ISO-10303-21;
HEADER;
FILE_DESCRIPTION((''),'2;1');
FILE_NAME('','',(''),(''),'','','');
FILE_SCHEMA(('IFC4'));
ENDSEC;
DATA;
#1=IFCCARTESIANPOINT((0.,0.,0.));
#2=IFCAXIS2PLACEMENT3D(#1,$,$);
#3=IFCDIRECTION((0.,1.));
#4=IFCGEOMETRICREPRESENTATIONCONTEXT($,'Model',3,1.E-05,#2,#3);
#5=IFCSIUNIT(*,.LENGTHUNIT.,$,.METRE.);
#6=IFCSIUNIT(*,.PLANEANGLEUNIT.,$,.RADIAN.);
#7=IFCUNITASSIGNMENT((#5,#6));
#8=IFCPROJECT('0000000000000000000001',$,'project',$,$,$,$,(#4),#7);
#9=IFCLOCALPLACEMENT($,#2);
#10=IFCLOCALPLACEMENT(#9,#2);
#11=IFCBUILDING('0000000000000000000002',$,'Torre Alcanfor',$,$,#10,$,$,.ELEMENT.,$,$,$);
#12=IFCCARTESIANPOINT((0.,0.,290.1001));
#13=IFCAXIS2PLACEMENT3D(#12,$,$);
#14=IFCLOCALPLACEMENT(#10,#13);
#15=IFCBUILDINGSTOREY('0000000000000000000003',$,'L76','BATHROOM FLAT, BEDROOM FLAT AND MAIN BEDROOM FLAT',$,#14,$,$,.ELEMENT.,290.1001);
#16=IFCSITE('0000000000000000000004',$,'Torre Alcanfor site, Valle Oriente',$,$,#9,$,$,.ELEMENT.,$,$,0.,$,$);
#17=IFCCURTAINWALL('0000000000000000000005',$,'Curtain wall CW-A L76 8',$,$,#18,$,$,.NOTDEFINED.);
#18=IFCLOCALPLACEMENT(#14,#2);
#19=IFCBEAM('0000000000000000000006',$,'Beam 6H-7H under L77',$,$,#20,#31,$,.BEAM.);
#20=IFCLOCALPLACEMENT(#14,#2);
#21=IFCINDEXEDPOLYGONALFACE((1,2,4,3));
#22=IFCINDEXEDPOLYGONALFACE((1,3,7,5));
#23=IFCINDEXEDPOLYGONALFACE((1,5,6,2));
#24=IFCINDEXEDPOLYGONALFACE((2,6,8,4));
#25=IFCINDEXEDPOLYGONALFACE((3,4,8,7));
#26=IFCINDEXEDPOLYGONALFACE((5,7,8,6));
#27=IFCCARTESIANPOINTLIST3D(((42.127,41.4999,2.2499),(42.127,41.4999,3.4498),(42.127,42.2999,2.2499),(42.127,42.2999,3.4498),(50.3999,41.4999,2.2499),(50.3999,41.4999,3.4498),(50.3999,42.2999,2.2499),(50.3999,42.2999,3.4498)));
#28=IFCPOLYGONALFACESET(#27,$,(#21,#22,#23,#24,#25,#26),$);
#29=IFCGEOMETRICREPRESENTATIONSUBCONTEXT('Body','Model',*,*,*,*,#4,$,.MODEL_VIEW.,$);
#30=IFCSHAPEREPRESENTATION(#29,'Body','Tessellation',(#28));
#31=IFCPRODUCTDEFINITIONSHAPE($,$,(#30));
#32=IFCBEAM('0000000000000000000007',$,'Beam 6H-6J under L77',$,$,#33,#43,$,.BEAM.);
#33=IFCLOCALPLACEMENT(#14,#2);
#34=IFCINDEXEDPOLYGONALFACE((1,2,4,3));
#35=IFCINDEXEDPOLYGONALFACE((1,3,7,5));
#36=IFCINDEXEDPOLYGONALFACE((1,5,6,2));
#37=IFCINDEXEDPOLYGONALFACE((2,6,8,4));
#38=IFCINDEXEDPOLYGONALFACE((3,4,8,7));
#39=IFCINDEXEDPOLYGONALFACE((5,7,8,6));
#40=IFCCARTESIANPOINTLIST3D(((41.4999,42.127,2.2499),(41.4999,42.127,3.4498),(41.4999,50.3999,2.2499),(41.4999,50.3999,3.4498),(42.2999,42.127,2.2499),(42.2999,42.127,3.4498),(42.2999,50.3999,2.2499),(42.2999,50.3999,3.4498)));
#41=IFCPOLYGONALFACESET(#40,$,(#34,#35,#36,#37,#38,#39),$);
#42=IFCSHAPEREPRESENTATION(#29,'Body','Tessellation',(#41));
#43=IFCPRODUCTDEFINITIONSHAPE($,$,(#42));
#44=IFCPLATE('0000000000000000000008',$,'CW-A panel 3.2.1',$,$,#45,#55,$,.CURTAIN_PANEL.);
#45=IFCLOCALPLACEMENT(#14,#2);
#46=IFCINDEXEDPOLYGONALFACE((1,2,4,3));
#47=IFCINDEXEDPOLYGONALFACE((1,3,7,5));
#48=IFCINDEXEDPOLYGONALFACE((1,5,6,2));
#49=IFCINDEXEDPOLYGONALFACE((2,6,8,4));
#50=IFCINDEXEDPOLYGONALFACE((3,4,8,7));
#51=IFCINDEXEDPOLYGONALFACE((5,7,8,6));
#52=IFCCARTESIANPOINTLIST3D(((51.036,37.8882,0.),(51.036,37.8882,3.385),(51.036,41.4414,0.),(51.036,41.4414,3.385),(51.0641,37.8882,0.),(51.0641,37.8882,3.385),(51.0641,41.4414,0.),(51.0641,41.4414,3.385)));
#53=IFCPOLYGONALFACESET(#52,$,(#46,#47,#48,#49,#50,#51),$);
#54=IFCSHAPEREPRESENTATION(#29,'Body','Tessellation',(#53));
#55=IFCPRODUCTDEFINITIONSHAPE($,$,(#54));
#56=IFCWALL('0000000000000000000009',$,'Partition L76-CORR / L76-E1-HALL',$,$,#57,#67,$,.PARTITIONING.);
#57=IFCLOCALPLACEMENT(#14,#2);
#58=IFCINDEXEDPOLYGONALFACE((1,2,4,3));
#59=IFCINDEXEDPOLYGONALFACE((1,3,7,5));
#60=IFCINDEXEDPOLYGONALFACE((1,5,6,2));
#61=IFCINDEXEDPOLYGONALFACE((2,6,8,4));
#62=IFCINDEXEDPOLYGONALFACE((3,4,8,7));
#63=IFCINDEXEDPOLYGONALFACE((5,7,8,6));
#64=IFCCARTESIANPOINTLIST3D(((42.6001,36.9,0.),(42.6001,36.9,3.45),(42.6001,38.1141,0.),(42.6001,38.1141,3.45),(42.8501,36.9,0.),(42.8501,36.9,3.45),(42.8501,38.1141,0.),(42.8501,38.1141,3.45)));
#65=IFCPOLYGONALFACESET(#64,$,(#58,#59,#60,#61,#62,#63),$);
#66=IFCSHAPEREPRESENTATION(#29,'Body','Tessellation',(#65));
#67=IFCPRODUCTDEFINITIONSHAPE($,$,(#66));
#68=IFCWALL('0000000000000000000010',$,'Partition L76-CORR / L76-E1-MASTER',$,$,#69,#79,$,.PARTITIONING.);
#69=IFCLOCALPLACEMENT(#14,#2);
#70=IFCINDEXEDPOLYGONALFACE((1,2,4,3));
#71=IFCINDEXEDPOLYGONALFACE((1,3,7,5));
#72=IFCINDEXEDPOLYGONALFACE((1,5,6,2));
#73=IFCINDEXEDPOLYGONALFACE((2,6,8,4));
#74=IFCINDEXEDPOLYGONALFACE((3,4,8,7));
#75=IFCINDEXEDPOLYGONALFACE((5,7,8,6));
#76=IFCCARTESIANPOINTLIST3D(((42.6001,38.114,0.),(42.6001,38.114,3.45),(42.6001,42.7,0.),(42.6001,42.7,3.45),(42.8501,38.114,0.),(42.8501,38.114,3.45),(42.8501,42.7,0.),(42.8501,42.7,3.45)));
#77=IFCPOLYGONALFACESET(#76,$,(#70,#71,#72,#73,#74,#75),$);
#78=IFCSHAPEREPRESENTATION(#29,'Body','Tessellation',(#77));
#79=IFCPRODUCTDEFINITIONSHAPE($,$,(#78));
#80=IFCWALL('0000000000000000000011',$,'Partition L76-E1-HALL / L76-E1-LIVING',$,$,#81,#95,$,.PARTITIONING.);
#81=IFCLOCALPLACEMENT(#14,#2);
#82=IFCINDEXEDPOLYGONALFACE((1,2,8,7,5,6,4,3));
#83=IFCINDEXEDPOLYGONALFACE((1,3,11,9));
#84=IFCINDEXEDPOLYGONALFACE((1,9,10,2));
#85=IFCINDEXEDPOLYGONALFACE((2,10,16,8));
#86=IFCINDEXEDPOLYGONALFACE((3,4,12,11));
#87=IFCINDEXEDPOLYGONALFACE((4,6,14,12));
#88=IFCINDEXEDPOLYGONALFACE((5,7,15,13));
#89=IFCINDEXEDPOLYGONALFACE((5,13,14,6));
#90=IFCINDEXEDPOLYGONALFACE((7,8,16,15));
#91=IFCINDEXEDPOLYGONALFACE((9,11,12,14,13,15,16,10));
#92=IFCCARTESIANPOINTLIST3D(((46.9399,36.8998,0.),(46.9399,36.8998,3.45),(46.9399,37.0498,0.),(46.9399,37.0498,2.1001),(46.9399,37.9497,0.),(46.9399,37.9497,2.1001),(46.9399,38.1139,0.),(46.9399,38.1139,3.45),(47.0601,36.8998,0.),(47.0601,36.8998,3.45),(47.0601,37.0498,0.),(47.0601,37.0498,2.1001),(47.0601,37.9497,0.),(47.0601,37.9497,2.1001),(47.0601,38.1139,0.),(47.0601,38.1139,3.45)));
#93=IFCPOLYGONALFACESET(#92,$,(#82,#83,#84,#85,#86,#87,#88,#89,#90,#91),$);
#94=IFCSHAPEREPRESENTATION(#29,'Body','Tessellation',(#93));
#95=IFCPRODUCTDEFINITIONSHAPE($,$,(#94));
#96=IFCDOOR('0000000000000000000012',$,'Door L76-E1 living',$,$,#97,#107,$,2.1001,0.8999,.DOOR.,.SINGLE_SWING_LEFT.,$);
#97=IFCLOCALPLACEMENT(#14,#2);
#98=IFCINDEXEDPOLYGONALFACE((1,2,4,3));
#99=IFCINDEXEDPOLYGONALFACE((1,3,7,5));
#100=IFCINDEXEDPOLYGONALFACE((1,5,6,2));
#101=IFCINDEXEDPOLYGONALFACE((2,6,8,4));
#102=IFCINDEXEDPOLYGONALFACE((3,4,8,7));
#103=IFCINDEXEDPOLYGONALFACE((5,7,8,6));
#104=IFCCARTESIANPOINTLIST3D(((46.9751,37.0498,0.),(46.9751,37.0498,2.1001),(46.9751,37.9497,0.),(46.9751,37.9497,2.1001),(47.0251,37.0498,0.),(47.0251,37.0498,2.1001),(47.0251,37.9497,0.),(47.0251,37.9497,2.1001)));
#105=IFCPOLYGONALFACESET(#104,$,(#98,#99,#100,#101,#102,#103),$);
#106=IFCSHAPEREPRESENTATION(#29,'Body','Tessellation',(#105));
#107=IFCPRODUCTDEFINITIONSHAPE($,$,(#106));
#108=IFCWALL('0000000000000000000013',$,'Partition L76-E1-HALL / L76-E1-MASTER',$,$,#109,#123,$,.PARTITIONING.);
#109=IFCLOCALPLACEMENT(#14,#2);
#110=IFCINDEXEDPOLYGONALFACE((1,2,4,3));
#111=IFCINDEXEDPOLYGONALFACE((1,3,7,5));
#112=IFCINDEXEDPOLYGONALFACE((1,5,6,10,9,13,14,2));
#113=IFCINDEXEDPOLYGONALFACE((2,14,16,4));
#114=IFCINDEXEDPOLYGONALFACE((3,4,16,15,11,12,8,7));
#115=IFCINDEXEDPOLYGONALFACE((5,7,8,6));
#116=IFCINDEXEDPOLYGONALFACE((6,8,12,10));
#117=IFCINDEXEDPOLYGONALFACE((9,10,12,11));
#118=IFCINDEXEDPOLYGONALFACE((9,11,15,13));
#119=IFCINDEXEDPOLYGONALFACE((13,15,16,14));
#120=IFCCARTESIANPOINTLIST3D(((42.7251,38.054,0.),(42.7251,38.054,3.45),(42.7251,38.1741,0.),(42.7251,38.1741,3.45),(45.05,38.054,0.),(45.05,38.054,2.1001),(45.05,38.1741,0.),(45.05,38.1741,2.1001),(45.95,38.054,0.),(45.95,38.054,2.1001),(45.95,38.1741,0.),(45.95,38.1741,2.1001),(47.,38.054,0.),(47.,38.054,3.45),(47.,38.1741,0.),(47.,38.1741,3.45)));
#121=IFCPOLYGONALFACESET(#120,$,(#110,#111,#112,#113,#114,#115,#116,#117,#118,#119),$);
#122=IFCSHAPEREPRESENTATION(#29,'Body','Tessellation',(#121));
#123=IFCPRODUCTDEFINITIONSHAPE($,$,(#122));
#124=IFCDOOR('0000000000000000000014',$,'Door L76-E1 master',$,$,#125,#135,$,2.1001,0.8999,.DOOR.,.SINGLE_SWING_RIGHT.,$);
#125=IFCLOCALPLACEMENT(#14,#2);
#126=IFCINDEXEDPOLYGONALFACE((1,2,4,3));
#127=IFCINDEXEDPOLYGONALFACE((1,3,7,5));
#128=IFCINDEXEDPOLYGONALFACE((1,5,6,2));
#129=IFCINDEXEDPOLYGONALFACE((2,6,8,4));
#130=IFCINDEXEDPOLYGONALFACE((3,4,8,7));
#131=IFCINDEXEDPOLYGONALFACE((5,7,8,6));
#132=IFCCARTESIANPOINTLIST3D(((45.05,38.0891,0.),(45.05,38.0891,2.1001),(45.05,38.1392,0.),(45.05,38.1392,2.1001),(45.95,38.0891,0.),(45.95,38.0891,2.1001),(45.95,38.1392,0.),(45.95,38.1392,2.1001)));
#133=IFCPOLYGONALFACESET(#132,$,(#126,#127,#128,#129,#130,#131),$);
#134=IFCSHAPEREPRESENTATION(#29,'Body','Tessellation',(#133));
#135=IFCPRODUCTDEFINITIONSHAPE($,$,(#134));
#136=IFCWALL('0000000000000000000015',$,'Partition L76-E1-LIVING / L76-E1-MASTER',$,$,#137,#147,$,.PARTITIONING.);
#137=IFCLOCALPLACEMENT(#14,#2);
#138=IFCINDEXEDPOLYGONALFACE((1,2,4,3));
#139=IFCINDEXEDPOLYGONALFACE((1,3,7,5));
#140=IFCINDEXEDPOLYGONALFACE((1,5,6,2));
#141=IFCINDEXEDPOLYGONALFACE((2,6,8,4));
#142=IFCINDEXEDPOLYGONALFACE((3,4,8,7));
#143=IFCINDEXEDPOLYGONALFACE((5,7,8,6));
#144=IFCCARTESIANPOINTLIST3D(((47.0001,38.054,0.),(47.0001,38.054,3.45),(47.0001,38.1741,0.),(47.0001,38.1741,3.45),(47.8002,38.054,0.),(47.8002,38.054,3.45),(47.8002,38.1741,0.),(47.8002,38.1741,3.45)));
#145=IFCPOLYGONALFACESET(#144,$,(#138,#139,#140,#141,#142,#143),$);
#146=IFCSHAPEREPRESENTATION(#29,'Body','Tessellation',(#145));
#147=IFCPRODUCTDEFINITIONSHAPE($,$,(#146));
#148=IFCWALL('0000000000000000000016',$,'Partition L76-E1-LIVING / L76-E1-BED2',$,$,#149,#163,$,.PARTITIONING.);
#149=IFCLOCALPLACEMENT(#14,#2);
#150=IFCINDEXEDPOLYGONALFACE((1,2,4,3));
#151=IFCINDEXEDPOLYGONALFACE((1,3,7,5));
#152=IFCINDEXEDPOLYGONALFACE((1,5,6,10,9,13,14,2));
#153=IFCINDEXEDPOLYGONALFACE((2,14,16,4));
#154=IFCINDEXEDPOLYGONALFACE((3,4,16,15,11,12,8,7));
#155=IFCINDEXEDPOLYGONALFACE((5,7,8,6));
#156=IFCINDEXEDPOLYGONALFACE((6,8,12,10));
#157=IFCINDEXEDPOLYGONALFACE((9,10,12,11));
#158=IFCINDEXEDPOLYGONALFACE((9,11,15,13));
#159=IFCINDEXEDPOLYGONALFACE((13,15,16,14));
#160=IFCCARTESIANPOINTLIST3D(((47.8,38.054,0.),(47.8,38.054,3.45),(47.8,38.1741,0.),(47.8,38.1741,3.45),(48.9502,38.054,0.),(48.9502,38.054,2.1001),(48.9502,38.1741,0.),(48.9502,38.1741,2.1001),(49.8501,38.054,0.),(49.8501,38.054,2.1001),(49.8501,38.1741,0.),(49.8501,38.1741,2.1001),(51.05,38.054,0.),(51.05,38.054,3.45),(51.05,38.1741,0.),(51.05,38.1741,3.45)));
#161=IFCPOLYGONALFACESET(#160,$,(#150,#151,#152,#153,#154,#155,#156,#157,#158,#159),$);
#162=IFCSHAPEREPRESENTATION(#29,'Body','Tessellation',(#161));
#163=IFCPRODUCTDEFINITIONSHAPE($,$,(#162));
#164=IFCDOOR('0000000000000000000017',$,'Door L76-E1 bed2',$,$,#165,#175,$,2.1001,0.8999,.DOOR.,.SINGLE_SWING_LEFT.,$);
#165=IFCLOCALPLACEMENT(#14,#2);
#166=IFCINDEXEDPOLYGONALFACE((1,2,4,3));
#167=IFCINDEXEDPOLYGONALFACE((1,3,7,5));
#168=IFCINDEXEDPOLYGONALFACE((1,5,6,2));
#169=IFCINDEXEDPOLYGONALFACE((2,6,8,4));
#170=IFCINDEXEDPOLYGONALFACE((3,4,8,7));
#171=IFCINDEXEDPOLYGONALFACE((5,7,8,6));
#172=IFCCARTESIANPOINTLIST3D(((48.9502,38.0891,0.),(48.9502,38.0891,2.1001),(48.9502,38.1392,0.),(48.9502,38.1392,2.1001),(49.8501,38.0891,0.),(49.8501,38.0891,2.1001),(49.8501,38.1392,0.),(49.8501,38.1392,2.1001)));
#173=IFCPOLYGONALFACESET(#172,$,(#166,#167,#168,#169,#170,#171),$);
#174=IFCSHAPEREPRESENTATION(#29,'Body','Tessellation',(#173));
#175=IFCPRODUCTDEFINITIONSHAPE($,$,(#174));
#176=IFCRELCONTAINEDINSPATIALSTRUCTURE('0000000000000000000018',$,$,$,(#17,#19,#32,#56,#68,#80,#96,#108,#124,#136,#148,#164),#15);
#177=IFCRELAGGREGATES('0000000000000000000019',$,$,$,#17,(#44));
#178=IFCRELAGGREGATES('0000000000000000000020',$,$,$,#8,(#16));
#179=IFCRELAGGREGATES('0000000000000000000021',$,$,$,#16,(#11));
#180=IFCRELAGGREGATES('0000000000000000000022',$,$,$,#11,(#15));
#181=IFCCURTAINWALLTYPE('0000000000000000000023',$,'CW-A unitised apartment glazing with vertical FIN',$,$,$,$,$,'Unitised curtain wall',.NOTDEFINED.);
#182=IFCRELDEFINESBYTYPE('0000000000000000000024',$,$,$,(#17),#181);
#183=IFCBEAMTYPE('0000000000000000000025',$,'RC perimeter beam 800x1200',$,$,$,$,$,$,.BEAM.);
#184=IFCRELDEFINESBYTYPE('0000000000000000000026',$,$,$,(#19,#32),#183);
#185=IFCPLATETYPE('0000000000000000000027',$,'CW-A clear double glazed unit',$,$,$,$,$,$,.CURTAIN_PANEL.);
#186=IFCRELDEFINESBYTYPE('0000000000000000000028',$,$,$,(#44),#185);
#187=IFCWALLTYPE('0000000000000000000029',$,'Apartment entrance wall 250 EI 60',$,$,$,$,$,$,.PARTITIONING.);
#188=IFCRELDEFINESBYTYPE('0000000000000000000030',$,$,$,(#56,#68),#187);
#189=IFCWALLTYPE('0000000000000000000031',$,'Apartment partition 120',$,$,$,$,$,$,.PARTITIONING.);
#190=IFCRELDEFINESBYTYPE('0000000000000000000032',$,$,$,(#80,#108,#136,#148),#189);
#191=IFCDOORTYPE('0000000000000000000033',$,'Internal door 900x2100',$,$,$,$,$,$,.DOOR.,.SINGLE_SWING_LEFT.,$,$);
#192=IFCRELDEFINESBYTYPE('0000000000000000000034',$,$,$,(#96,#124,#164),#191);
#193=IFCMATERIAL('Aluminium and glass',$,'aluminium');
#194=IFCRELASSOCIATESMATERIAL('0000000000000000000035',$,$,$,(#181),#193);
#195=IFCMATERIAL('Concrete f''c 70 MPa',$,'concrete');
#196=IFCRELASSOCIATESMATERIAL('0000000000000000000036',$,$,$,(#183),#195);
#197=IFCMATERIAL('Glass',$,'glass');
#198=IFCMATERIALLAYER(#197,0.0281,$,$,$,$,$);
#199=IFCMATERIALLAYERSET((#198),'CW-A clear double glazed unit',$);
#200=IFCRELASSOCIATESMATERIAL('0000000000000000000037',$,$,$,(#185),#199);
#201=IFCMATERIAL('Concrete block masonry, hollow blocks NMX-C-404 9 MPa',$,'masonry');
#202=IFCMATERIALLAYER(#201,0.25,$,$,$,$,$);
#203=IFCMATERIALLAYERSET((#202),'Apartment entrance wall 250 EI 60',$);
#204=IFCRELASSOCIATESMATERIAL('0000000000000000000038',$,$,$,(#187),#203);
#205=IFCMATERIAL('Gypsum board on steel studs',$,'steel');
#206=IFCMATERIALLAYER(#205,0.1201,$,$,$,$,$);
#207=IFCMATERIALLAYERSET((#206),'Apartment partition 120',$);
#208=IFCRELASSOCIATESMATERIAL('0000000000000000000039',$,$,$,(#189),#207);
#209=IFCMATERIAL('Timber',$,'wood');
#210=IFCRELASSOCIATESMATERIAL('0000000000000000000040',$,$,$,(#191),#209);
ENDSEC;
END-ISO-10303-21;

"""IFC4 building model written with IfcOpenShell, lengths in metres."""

from ifc_helpers import new_model, si_unit, direction, frame, frame_2d, origin, origin_2d, place, context, subcontext, project, spatial, rectangle, extrude, material, layer, layer_set, material_profile, profile_set, type_object, element, fill, aggregate, save


model = new_model("IFC4")

# Units and contexts
model_context = context("Model", 3, precision=1e-05, world=origin(), true_north=direction((0.0, 1.0)))
body_context = subcontext(model_context, "Body", "Model", "MODEL_VIEW")
ifc_project = project(units=[si_unit("LENGTHUNIT", "METRE"), si_unit("PLANEANGLEUNIT", "RADIAN")], contexts=[model_context])

# Site, building, storey
site_placement = place(None, origin())
site = spatial("IfcSite", under=ifc_project, at=site_placement, Name="Torre Alcanfor site, Valle Oriente", CompositionType="ELEMENT", RefElevation=0.0)
building_placement = place(site_placement, origin())
building = spatial("IfcBuilding", under=site, at=building_placement, Name="Torre Alcanfor", CompositionType="ELEMENT")
storey_placement = place(building_placement, frame((0.0, 0.0, 290.1001)))
storey = spatial("IfcBuildingStorey", under=building, at=storey_placement, Name="L76", Description="BATHROOM FLAT, BEDROOM FLAT AND MAIN BEDROOM FLAT", CompositionType="ELEMENT", Elevation=290.1001)

# Curtain wall
ifc_material_1 = material(Name="Aluminium and glass", Category="aluminium")
curtain_wall_type = type_object("IfcCurtainWallType", Name="CW-A unitised apartment glazing with vertical FIN", ElementType="Unitised curtain wall", PredefinedType="NOTDEFINED", material=ifc_material_1)
curtain_wall_1_placement = place(storey_placement, origin())
curtain_wall_1 = element("IfcCurtainWall", 1, at=curtain_wall_1_placement, inside=storey, type_object=curtain_wall_type, Name="Curtain wall CW-A L76 8", PredefinedType="NOTDEFINED")

# Beams
ifc_material_2 = material(Name="Concrete f'c 70 MPa", Category="concrete")
ifc_material_profile_1 = material_profile(ifc_material_2, rectangle(XDim=0.8, YDim=1.2, at=origin_2d()), Name="800x1200")
ifc_profile_set_1 = profile_set([ifc_material_profile_1], Name="Concrete f'c 70 MPa")
beam_type = type_object("IfcBeamType", Name="RC perimeter beam 800x1200", PredefinedType="BEAM", material=ifc_profile_set_1)
for number, where, z_axis, x_axis, name in (
    (2, (42.127, 41.8999, 2.8499), (1.0, 0.0, 0.0), (0.0, 1.0, 0.0), "Beam 6H-7H under L77"),
    (3, (41.8999, 42.127, 2.8499), (0.0, 1.0, 0.0), (-1.0, 0.0, 0.0), "Beam 6H-6J under L77"),
):
    element("IfcBeam", number, at=place(storey_placement, frame(where, z_axis=z_axis, x_axis=x_axis)), inside=storey, type_object=beam_type, Name=name, PredefinedType="BEAM", context=body_context, shape_type="SweptSolid", body=[
        extrude(rectangle(XDim=0.8, YDim=1.2, at=origin_2d()), origin(), (0.0, 0.0, 1.0), 8.2729),
    ])

# Plate
ifc_material_3 = material(Name="Glass", Category="glass")
ifc_layer_1 = layer(ifc_material_3, 0.0281)
ifc_layer_set_1 = layer_set([ifc_layer_1], Name="CW-A clear double glazed unit")
plate_type = type_object("IfcPlateType", Name="CW-A clear double glazed unit", PredefinedType="CURTAIN_PANEL", material=ifc_layer_set_1)
plate_placement = place(storey_placement, frame((51.05, 39.6648, 0.0), z_axis=(0.0, 0.0, 1.0), x_axis=(0.0, 1.0, 0.0)))
plate = element("IfcPlate", 4, at=plate_placement, type_object=plate_type, Name="CW-A panel 3.2.1", PredefinedType="CURTAIN_PANEL", context=body_context, shape_type="SweptSolid", body=[
    extrude(rectangle(XDim=3.5532, YDim=0.0281, at=origin_2d()), origin(), (0.0, 0.0, 1.0), 3.385),
])
aggregate(curtain_wall_1, [plate])

# Walls
ifc_material_4 = material(Name="Concrete block masonry, hollow blocks NMX-C-404 9 MPa", Category="masonry")
ifc_layer_2 = layer(ifc_material_4, 0.25)
ifc_layer_set_2 = layer_set([ifc_layer_2], Name="Apartment entrance wall 250 EI 60")
wall_type_1 = type_object("IfcWallType", Name="Apartment entrance wall 250 EI 60", PredefinedType="PARTITIONING", material=ifc_layer_set_2)
wall_1_placement = place(storey_placement, frame((42.7251, 38.114, 0.0), z_axis=(0.0, 0.0, 1.0), x_axis=(0.0, -1.0, 0.0)))
element("IfcWall", 5, at=wall_1_placement, inside=storey, type_object=wall_type_1, Name="Partition L76-CORR / L76-E1-HALL", PredefinedType="PARTITIONING", context=body_context, shape_type="SweptSolid", body=[
    extrude(rectangle(XDim=1.2141, YDim=0.25, at=frame_2d((0.6069, 0.0))), origin(), (0.0, 0.0, 1.0), 3.45),
])
wall_2_placement = place(storey_placement, frame((42.7251, 42.7, 0.0), z_axis=(0.0, 0.0, 1.0), x_axis=(0.0, -1.0, 0.0)))
element("IfcWall", 6, at=wall_2_placement, inside=storey, type_object=wall_type_1, Name="Partition L76-CORR / L76-E1-MASTER", PredefinedType="PARTITIONING", context=body_context, shape_type="SweptSolid", body=[
    extrude(rectangle(XDim=4.5859, YDim=0.25, at=frame_2d((2.293, 0.0))), origin(), (0.0, 0.0, 1.0), 3.45),
])

# Walls, openings, doors
ifc_material_5 = material(Name="Gypsum board on steel studs", Category="steel")
ifc_layer_3 = layer(ifc_material_5, 0.1201)
ifc_layer_set_3 = layer_set([ifc_layer_3], Name="Apartment partition 120")
wall_type_2 = type_object("IfcWallType", Name="Apartment partition 120", PredefinedType="PARTITIONING", material=ifc_layer_set_3)
wall_3_placement = place(storey_placement, frame((47.0, 36.8999, 0.0), z_axis=(0.0, 0.0, 1.0), x_axis=(0.0, 1.0, 0.0)))
wall_3 = element("IfcWall", 7, at=wall_3_placement, inside=storey, type_object=wall_type_2, Name="Partition L76-E1-HALL / L76-E1-LIVING", PredefinedType="PARTITIONING", context=body_context, shape_type="SweptSolid", body=[
    extrude(rectangle(XDim=1.2141, YDim=0.1201, at=frame_2d((0.6069, 0.0))), origin(), (0.0, 0.0, 1.0), 3.45),
])
opening_1_placement = place(wall_3_placement, frame((0.1499, 0.0, 0.0)))
opening_1 = element("IfcOpeningElement", 8, at=opening_1_placement, cuts=wall_3, PredefinedType="OPENING", context=body_context, shape_type="SweptSolid", body=[
    extrude(rectangle(XDim=0.8999, YDim=2.1001, at=frame_2d((0.45, 1.05))), frame((0.0, 0.0701, 0.0), z_axis=(0.0, -1.0, 0.0), x_axis=(1.0, 0.0, 0.0)), (0.0, 0.0, 1.0), 0.1401),
])
ifc_material_6 = material(Name="Timber", Category="wood")
door_type = type_object("IfcDoorType", Name="Internal door 900x2100", OperationType="SINGLE_SWING_LEFT", PredefinedType="DOOR", material=ifc_material_6)
door_1_placement = place(opening_1_placement, frame((0.8999, 0.0, 0.0), z_axis=(0.0, 0.0, 1.0), x_axis=(-1.0, 0.0, 0.0)))
door_1 = element("IfcDoor", 9, at=door_1_placement, inside=storey, type_object=door_type, Name="Door L76-E1 living", OperationType="SINGLE_SWING_LEFT", OverallHeight=2.1001, OverallWidth=0.8999, PredefinedType="DOOR", context=body_context, shape_type="SweptSolid", body=[
    extrude(rectangle(XDim=0.8999, YDim=2.1001, at=frame_2d((0.45, 1.05))), frame((0.0, 0.0251, 0.0), z_axis=(0.0, -1.0, 0.0), x_axis=(1.0, 0.0, 0.0)), (0.0, 0.0, 1.0), 0.05),
])
fill(opening_1, door_1)
wall_4_placement = place(storey_placement, frame((47.0, 38.114, 0.0), z_axis=(0.0, 0.0, 1.0), x_axis=(-1.0, 0.0, 0.0)))
wall_4 = element("IfcWall", 10, at=wall_4_placement, inside=storey, type_object=wall_type_2, Name="Partition L76-E1-HALL / L76-E1-MASTER", PredefinedType="PARTITIONING", context=body_context, shape_type="SweptSolid", body=[
    extrude(rectangle(XDim=4.2749, YDim=0.1201, at=frame_2d((2.1375, 0.0))), origin(), (0.0, 0.0, 1.0), 3.45),
])
opening_2_placement = place(wall_4_placement, frame((1.05, 0.0, 0.0)))
opening_2 = element("IfcOpeningElement", 11, at=opening_2_placement, cuts=wall_4, PredefinedType="OPENING", context=body_context, shape_type="SweptSolid", body=[
    extrude(rectangle(XDim=0.8999, YDim=2.1001, at=frame_2d((0.45, 1.05))), frame((0.0, 0.0701, 0.0), z_axis=(0.0, -1.0, 0.0), x_axis=(1.0, 0.0, 0.0)), (0.0, 0.0, 1.0), 0.1401),
])
door_2_placement = place(opening_2_placement, frame((0.8999, 0.0, 0.0), z_axis=(0.0, 0.0, 1.0), x_axis=(-1.0, 0.0, 0.0)))
door_2 = element("IfcDoor", 12, at=door_2_placement, inside=storey, type_object=door_type, Name="Door L76-E1 master", OperationType="SINGLE_SWING_RIGHT", OverallHeight=2.1001, OverallWidth=0.8999, PredefinedType="DOOR", context=body_context, shape_type="SweptSolid", body=[
    extrude(rectangle(XDim=0.8999, YDim=2.1001, at=frame_2d((0.45, 1.05))), frame((0.0, 0.0251, 0.0), z_axis=(0.0, -1.0, 0.0), x_axis=(1.0, 0.0, 0.0)), (0.0, 0.0, 1.0), 0.05),
])
fill(opening_2, door_2)

# Wall
wall_5_placement = place(storey_placement, frame((47.8, 38.114, 0.0), z_axis=(0.0, 0.0, 1.0), x_axis=(-1.0, 0.0, 0.0)))
element("IfcWall", 13, at=wall_5_placement, inside=storey, type_object=wall_type_2, Name="Partition L76-E1-LIVING / L76-E1-MASTER", PredefinedType="PARTITIONING", context=body_context, shape_type="SweptSolid", body=[
    extrude(rectangle(XDim=0.8, YDim=0.1201, at=frame_2d((0.3999, 0.0))), origin(), (0.0, 0.0, 1.0), 3.45),
])

# Wall, opening, door
wall_6_placement = place(storey_placement, frame((51.05, 38.114, 0.0), z_axis=(0.0, 0.0, 1.0), x_axis=(-1.0, 0.0, 0.0)))
wall_6 = element("IfcWall", 14, at=wall_6_placement, inside=storey, type_object=wall_type_2, Name="Partition L76-E1-LIVING / L76-E1-BED2", PredefinedType="PARTITIONING", context=body_context, shape_type="SweptSolid", body=[
    extrude(rectangle(XDim=3.25, YDim=0.1201, at=frame_2d((1.625, 0.0))), origin(), (0.0, 0.0, 1.0), 3.45),
])
opening_3_placement = place(wall_6_placement, frame((1.2, 0.0, 0.0)))
opening_3 = element("IfcOpeningElement", 15, at=opening_3_placement, cuts=wall_6, PredefinedType="OPENING", context=body_context, shape_type="SweptSolid", body=[
    extrude(rectangle(XDim=0.8999, YDim=2.1001, at=frame_2d((0.45, 1.05))), frame((0.0, 0.0701, 0.0), z_axis=(0.0, -1.0, 0.0), x_axis=(1.0, 0.0, 0.0)), (0.0, 0.0, 1.0), 0.1401),
])
door_3_placement = place(opening_3_placement, frame((0.8999, 0.0, 0.0), z_axis=(0.0, 0.0, 1.0), x_axis=(-1.0, 0.0, 0.0)))
door_3 = element("IfcDoor", 16, at=door_3_placement, inside=storey, type_object=door_type, Name="Door L76-E1 bed2", OperationType="SINGLE_SWING_LEFT", OverallHeight=2.1001, OverallWidth=0.8999, PredefinedType="DOOR", context=body_context, shape_type="SweptSolid", body=[
    extrude(rectangle(XDim=0.8999, YDim=2.1001, at=frame_2d((0.45, 1.05))), frame((0.0, 0.0251, 0.0), z_axis=(0.0, -1.0, 0.0), x_axis=(1.0, 0.0, 0.0)), (0.0, 0.0, 1.0), 0.05),
])
fill(opening_3, door_3)

save(model, "model.ifc")
